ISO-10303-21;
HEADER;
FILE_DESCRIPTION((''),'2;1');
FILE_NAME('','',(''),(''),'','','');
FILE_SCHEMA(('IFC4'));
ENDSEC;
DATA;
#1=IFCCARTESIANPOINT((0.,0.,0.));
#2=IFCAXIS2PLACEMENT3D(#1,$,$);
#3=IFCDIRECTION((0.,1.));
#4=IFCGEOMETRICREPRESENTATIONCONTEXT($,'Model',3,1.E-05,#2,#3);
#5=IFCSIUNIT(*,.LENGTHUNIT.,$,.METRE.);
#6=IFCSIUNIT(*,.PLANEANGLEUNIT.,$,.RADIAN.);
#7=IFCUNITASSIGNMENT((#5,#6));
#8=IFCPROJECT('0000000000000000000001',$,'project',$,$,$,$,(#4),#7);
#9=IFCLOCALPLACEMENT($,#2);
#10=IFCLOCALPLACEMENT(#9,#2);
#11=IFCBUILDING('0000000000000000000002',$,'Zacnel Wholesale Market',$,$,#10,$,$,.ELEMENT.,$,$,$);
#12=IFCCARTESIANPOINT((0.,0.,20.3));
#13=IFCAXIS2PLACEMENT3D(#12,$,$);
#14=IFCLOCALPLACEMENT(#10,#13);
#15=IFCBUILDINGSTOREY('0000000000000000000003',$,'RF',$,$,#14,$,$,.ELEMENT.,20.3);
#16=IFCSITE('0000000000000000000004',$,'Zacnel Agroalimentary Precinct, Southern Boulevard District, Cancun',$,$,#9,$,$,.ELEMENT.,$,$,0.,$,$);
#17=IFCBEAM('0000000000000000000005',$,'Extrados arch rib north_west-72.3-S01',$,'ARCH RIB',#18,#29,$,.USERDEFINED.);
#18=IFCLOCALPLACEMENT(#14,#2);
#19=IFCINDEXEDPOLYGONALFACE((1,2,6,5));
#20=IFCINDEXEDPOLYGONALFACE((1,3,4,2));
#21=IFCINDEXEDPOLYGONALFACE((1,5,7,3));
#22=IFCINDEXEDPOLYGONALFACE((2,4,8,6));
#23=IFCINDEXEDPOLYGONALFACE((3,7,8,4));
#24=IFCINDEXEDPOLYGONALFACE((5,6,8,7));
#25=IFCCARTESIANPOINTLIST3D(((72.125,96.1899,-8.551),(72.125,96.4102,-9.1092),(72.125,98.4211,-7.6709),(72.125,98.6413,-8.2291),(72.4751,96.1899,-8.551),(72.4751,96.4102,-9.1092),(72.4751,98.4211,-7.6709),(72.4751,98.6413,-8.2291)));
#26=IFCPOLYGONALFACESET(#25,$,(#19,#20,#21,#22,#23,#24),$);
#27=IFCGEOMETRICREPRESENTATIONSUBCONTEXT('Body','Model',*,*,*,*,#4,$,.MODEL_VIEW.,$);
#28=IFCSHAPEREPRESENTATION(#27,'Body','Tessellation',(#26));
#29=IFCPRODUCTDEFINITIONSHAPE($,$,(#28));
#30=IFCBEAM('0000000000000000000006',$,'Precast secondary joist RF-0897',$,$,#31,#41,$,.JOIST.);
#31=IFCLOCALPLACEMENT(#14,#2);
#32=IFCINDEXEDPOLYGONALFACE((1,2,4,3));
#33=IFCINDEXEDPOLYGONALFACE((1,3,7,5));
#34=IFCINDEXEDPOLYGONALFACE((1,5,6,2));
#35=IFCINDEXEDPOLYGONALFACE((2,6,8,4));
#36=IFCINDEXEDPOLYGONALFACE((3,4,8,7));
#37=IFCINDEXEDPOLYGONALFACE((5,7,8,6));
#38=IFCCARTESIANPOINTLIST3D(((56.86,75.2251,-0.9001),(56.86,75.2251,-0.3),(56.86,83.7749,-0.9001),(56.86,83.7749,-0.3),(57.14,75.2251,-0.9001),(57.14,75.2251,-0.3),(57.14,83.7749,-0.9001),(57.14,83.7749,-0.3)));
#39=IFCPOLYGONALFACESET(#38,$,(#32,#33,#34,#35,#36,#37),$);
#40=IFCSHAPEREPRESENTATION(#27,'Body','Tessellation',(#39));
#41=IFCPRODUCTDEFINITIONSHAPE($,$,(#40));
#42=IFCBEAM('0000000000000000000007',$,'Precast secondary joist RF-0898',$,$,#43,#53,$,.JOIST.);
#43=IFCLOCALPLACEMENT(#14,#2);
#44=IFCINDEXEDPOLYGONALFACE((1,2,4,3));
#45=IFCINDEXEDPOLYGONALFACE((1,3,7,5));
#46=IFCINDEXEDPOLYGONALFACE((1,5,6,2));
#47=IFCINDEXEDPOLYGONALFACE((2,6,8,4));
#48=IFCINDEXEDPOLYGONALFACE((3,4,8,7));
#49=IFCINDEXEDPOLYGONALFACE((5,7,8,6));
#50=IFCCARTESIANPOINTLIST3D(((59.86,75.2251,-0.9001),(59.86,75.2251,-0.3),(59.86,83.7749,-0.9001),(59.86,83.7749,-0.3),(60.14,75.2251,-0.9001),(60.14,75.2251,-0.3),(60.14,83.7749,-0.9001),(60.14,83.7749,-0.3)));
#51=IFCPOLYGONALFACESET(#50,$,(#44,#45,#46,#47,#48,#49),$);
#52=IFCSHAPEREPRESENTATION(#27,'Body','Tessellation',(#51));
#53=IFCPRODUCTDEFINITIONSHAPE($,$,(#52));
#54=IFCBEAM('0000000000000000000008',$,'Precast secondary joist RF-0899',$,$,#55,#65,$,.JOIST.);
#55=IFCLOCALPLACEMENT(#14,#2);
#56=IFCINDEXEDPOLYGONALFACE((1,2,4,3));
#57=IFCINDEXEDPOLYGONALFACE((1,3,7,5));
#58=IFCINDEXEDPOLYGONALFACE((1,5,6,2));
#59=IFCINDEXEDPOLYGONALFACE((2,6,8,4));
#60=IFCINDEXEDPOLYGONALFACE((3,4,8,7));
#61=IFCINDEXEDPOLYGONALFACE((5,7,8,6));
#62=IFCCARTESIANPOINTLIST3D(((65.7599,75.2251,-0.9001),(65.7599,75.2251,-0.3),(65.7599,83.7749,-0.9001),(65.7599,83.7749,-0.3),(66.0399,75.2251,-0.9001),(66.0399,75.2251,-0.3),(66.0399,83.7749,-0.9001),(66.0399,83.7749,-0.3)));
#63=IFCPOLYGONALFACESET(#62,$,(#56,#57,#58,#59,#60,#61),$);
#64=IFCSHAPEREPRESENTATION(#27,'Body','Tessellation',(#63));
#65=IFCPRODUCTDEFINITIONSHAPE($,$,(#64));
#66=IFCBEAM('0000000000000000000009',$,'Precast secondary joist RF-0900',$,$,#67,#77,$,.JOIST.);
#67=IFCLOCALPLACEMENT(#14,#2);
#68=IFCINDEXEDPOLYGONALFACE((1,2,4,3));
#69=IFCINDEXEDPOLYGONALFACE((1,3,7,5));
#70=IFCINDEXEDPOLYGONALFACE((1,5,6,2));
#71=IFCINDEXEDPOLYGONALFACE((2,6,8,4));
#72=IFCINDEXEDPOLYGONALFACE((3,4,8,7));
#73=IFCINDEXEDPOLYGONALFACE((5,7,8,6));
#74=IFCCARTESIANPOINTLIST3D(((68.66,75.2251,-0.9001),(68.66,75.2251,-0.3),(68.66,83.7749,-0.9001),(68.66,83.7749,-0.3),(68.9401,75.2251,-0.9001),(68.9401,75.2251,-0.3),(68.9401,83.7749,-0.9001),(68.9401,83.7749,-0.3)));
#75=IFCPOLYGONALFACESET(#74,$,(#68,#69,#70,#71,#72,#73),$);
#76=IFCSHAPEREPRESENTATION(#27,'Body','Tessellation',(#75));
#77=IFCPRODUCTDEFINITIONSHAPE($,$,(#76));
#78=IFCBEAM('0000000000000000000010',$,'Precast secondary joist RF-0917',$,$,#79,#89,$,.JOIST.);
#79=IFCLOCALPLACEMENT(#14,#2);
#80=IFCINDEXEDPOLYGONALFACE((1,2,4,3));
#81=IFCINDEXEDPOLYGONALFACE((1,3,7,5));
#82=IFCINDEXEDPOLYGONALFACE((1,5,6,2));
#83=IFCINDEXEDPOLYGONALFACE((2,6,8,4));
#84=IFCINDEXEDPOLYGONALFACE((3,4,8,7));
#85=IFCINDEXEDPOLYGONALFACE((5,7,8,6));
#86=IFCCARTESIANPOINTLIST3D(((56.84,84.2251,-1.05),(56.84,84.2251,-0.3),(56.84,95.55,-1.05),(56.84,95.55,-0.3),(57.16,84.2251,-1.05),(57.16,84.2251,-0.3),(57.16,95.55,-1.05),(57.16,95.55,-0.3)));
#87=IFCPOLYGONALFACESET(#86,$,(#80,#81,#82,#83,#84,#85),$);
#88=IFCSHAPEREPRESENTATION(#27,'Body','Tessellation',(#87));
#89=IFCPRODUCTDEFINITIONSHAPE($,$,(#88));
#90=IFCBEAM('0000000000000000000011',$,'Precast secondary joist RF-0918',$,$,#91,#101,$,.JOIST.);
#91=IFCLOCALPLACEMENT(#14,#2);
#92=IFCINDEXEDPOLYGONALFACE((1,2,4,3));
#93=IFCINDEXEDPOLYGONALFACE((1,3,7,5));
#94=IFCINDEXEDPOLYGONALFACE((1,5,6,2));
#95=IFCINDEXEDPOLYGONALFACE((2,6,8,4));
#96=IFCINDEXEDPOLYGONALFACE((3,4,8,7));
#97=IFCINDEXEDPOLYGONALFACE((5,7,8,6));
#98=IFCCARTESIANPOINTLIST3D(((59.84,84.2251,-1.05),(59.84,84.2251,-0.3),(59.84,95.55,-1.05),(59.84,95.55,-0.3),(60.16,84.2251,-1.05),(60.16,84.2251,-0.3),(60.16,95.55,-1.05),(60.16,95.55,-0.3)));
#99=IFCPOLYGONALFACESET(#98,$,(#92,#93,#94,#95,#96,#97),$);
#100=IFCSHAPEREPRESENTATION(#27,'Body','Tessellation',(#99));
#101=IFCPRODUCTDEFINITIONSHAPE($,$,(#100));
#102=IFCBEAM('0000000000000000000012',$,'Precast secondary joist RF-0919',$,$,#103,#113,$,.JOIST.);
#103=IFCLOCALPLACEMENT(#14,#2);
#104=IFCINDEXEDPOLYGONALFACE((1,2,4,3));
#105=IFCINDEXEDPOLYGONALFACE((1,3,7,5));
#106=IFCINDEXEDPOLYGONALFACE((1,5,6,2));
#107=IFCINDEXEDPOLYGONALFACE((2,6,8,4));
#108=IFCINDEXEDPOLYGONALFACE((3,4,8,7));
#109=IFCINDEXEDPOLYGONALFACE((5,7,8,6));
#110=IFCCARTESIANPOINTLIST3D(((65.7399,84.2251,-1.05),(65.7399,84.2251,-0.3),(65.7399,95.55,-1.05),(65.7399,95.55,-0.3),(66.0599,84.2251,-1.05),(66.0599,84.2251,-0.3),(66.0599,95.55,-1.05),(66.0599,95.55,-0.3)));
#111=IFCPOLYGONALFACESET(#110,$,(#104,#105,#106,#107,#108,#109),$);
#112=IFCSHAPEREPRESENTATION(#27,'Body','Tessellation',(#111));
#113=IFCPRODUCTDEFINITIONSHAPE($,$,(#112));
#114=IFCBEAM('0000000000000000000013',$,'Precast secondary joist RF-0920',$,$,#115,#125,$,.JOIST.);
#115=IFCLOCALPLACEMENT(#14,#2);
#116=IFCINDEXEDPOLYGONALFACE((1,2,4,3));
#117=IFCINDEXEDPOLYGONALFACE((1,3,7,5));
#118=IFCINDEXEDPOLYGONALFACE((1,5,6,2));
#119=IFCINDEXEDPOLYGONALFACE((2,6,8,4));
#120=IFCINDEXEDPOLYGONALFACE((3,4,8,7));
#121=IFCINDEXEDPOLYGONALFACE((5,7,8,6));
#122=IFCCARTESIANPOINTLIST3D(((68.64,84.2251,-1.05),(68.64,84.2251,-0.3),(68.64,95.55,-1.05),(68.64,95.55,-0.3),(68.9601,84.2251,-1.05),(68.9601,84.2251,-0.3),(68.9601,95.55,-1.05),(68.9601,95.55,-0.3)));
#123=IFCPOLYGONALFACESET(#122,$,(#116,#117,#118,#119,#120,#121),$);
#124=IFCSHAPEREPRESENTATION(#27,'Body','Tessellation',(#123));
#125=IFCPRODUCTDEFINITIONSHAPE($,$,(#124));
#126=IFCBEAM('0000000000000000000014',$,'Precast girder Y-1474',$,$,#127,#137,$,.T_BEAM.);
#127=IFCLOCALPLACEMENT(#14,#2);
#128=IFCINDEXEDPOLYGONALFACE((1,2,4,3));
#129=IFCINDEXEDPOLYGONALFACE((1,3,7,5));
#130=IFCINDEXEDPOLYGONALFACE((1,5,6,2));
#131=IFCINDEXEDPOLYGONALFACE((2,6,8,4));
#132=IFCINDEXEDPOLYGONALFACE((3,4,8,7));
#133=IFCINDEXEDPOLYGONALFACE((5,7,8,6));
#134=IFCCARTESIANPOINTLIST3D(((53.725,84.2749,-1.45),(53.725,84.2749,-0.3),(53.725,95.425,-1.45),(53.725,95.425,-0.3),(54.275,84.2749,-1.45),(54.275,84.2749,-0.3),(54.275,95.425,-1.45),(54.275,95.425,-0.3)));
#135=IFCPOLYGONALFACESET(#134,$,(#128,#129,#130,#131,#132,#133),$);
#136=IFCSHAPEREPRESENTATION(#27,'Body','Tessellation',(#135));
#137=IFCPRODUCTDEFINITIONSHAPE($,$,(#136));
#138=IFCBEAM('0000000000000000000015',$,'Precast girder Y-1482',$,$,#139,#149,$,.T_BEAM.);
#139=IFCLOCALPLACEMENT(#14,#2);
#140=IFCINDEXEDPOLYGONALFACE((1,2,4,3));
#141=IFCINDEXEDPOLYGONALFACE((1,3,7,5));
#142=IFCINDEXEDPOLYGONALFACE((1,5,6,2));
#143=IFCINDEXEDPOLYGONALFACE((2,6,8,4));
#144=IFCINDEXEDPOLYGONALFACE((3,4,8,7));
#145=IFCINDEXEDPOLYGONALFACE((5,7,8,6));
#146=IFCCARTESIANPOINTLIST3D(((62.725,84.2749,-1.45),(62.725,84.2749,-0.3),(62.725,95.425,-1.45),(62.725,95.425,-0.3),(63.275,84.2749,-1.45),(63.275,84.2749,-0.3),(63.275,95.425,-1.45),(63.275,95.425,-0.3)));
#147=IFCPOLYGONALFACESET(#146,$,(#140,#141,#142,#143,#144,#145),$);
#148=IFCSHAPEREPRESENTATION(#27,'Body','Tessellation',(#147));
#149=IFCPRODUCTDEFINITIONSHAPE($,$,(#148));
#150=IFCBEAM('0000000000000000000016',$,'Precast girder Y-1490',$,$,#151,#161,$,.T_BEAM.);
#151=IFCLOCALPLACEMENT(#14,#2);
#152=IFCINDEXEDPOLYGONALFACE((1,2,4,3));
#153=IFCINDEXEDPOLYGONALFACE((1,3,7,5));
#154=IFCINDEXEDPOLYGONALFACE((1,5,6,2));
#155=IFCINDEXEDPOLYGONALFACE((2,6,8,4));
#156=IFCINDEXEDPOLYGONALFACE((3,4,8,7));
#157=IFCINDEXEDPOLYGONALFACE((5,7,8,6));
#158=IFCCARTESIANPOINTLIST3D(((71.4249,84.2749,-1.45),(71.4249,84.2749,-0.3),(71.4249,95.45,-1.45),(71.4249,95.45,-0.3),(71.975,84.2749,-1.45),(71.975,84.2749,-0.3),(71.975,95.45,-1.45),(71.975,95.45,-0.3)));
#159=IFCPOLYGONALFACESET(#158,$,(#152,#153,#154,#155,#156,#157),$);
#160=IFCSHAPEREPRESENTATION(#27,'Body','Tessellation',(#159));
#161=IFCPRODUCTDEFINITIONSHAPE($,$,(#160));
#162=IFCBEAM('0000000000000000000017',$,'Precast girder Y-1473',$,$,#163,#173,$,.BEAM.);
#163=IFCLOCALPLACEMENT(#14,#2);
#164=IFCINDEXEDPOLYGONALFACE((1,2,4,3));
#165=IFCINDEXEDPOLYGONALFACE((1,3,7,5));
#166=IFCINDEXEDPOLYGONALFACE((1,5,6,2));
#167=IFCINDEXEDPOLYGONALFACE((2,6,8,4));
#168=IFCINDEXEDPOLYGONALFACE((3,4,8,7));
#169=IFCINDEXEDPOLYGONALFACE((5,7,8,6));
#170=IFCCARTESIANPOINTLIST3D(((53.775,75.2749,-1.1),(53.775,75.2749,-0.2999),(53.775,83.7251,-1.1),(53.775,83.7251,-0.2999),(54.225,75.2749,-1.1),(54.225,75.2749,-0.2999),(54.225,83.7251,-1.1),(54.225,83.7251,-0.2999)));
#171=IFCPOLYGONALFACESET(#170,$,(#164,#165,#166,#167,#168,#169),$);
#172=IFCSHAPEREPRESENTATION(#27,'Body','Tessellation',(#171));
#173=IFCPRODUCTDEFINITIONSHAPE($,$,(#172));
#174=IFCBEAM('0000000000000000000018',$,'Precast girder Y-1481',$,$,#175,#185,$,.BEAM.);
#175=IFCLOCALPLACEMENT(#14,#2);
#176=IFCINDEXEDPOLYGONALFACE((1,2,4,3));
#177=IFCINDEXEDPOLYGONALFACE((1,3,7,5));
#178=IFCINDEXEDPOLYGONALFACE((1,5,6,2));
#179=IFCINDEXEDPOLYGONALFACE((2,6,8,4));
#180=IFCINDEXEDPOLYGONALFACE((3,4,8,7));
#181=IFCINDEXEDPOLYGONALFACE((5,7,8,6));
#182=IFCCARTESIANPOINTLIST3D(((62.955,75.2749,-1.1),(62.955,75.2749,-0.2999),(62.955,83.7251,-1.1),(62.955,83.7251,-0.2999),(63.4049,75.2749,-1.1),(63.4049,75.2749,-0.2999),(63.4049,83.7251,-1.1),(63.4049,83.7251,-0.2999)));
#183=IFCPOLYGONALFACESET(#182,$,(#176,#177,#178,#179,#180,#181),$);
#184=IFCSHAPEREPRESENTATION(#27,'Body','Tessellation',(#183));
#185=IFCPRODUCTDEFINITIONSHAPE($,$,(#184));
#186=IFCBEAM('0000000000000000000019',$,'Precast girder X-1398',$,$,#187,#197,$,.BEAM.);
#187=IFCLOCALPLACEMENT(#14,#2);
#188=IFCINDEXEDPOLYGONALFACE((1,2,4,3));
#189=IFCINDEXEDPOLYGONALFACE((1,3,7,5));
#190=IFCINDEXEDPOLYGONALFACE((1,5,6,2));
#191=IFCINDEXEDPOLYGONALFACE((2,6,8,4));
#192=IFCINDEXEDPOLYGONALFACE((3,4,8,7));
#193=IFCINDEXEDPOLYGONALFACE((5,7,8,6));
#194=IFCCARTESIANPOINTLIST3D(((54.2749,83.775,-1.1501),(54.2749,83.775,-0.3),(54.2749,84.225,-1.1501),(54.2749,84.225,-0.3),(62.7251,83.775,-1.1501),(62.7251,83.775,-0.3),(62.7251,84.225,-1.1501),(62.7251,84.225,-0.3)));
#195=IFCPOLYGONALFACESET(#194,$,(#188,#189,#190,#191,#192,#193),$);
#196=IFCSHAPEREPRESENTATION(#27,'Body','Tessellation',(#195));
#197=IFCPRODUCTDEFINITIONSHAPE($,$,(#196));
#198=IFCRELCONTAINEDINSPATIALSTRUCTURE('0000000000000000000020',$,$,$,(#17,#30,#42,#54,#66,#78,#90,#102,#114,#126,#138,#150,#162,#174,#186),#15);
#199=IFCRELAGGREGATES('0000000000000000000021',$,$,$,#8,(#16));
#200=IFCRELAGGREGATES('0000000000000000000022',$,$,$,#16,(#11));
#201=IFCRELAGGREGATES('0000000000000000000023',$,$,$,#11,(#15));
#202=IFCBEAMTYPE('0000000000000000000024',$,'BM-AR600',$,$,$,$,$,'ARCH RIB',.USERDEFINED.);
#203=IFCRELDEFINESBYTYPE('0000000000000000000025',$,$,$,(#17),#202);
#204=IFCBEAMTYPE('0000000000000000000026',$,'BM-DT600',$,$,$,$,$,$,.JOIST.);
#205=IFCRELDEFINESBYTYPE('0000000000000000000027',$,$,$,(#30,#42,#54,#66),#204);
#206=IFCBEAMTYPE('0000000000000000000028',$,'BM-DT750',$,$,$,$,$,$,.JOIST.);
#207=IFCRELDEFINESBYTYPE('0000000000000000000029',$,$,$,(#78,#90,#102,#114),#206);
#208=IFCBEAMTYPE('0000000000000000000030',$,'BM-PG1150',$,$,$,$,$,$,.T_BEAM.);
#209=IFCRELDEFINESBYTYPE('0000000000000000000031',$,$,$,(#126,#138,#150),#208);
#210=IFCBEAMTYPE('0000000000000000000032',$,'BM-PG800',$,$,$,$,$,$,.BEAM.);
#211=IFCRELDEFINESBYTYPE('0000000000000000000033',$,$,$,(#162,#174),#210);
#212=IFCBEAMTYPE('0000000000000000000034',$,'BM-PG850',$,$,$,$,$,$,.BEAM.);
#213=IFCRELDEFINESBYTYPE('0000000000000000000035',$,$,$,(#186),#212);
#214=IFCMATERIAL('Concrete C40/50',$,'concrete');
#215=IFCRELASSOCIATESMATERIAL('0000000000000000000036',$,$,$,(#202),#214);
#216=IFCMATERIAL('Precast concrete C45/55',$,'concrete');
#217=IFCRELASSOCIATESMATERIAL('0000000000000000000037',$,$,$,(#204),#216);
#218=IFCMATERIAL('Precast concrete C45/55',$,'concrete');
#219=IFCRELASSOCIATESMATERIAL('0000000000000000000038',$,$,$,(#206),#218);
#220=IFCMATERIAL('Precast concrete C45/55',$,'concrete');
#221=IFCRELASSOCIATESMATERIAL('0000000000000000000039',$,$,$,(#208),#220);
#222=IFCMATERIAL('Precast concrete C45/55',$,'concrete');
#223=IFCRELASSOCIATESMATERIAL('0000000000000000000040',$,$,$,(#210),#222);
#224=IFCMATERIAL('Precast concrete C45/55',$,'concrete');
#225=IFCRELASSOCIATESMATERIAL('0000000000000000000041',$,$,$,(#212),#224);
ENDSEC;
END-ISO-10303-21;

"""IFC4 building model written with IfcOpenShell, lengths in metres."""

from ifc_helpers import new_model, si_unit, direction, frame, origin, origin_2d, place, context, subcontext, project, spatial, rectangle, extrude, material, material_profile, profile_set, type_object, element, save


model = new_model("IFC4")

# Units and contexts
model_context = context("Model", 3, precision=1e-05, world=origin(), true_north=direction((0.0, 1.0)))
body_context = subcontext(model_context, "Body", "Model", "MODEL_VIEW")
ifc_project = project(units=[si_unit("LENGTHUNIT", "METRE"), si_unit("PLANEANGLEUNIT", "RADIAN")], contexts=[model_context])

# Site, building, storey
site_placement = place(None, origin())
site = spatial("IfcSite", under=ifc_project, at=site_placement, Name="Zacnel Agroalimentary Precinct, Southern Boulevard District, Cancun", CompositionType="ELEMENT", RefElevation=0.0)
building_placement = place(site_placement, origin())
building = spatial("IfcBuilding", under=site, at=building_placement, Name="Zacnel Wholesale Market", CompositionType="ELEMENT")
storey_placement = place(building_placement, frame((0.0, 0.0, 20.3)))
storey = spatial("IfcBuildingStorey", under=building, at=storey_placement, Name="RF", CompositionType="ELEMENT", Elevation=20.3)

# Beams
ifc_material_1 = material(Name="Concrete C40/50", Category="concrete")
ifc_material_profile_1 = material_profile(ifc_material_1, rectangle(XDim=0.3501, YDim=0.6001, at=origin_2d()), Name="ARCH RIB 350x600")
ifc_profile_set_1 = profile_set([ifc_material_profile_1], Name="Concrete C40/50")
beam_type_1 = type_object("IfcBeamType", Name="BM-AR600", ElementType="ARCH RIB", PredefinedType="USERDEFINED", material=ifc_profile_set_1)
beam_1_placement = place(storey_placement, frame((72.3, 96.3, -8.8301), z_axis=(0.0, 0.930242, 0.366946), x_axis=(-1.0, 0.0, 0.0)))
element("IfcBeam", 1, at=beam_1_placement, inside=storey, type_object=beam_type_1, Name="Extrados arch rib north_west-72.3-S01", ObjectType="ARCH RIB", PredefinedType="USERDEFINED", context=body_context, shape_type="SweptSolid", body=[
    extrude(rectangle(XDim=0.3501, YDim=0.6001, at=origin_2d()), origin(), (0.0, 0.0, 1.0), 2.3984),
])
ifc_material_2 = material(Name="Precast concrete C45/55", Category="concrete")
ifc_material_profile_2 = material_profile(ifc_material_2, rectangle(XDim=0.28, YDim=0.6001, at=origin_2d()), Name="DT RIB 280x600")
ifc_profile_set_2 = profile_set([ifc_material_profile_2], Name="Precast concrete C45/55")
beam_type_2 = type_object("IfcBeamType", Name="BM-DT600", PredefinedType="JOIST", material=ifc_profile_set_2)
for number, where, z_axis, x_axis, name in (
    (2, (57.0, 75.2251, -0.6001), (0.0, 1.0, 0.0), (-1.0, 0.0, 0.0), "Precast secondary joist RF-0897"),
    (3, (60.0, 75.2251, -0.6001), (0.0, 1.0, 0.0), (-1.0, 0.0, 0.0), "Precast secondary joist RF-0898"),
    (4, (65.8999, 75.2251, -0.6001), (0.0, 1.0, 0.0), (-1.0, 0.0, 0.0), "Precast secondary joist RF-0899"),
    (5, (68.8, 75.2251, -0.6001), (0.0, 1.0, 0.0), (-1.0, 0.0, 0.0), "Precast secondary joist RF-0900"),
):
    element("IfcBeam", number, at=place(storey_placement, frame(where, z_axis=z_axis, x_axis=x_axis)), inside=storey, type_object=beam_type_2, Name=name, PredefinedType="JOIST", context=body_context, shape_type="SweptSolid", body=[
        extrude(rectangle(XDim=0.28, YDim=0.6001, at=origin_2d()), origin(), (0.0, 0.0, 1.0), 8.5498),
    ])
ifc_material_3 = material(Name="Precast concrete C45/55", Category="concrete")
ifc_material_profile_3 = material_profile(ifc_material_3, rectangle(XDim=0.3201, YDim=0.75, at=origin_2d()), Name="DT RIB 320x750")
ifc_profile_set_3 = profile_set([ifc_material_profile_3], Name="Precast concrete C45/55")
beam_type_3 = type_object("IfcBeamType", Name="BM-DT750", PredefinedType="JOIST", material=ifc_profile_set_3)
for number, where, z_axis, x_axis, name in (
    (6, (57.0, 84.2251, -0.675), (0.0, 1.0, 0.0), (-1.0, 0.0, 0.0), "Precast secondary joist RF-0917"),
    (7, (60.0, 84.2251, -0.675), (0.0, 1.0, 0.0), (-1.0, 0.0, 0.0), "Precast secondary joist RF-0918"),
    (8, (65.8999, 84.2251, -0.675), (0.0, 1.0, 0.0), (-1.0, 0.0, 0.0), "Precast secondary joist RF-0919"),
    (9, (68.8, 84.2251, -0.675), (0.0, 1.0, 0.0), (-1.0, 0.0, 0.0), "Precast secondary joist RF-0920"),
):
    element("IfcBeam", number, at=place(storey_placement, frame(where, z_axis=z_axis, x_axis=x_axis)), inside=storey, type_object=beam_type_3, Name=name, PredefinedType="JOIST", context=body_context, shape_type="SweptSolid", body=[
        extrude(rectangle(XDim=0.3201, YDim=0.75, at=origin_2d()), origin(), (0.0, 0.0, 1.0), 11.325),
    ])
ifc_material_4 = material(Name="Precast concrete C45/55", Category="concrete")
ifc_material_profile_4 = material_profile(ifc_material_4, rectangle(XDim=0.55, YDim=1.1499, at=origin_2d()), Name="PG 550x1150")
ifc_profile_set_4 = profile_set([ifc_material_profile_4], Name="Precast concrete C45/55")
beam_type_4 = type_object("IfcBeamType", Name="BM-PG1150", PredefinedType="T_BEAM", material=ifc_profile_set_4)
for number, where, z_axis, x_axis, name in (
    (10, (54.0, 84.2749, -0.875), (0.0, 1.0, 0.0), (-1.0, 0.0, 0.0), "Precast girder Y-1474"),
    (11, (63.0, 84.2749, -0.875), (0.0, 1.0, 0.0), (-1.0, 0.0, 0.0), "Precast girder Y-1482"),
):
    element("IfcBeam", number, at=place(storey_placement, frame(where, z_axis=z_axis, x_axis=x_axis)), inside=storey, type_object=beam_type_4, Name=name, PredefinedType="T_BEAM", context=body_context, shape_type="SweptSolid", body=[
        extrude(rectangle(XDim=0.55, YDim=1.1499, at=origin_2d()), origin(), (0.0, 0.0, 1.0), 11.1501),
    ])
beam_2_placement = place(storey_placement, frame((71.7, 84.2749, -0.875), z_axis=(0.0, 1.0, 0.0), x_axis=(-1.0, 0.0, 0.0)))
element("IfcBeam", 12, at=beam_2_placement, inside=storey, type_object=beam_type_4, Name="Precast girder Y-1490", PredefinedType="T_BEAM", context=body_context, shape_type="SweptSolid", body=[
    extrude(rectangle(XDim=0.55, YDim=1.1499, at=origin_2d()), origin(), (0.0, 0.0, 1.0), 11.175),
])
ifc_material_5 = material(Name="Precast concrete C45/55", Category="concrete")
ifc_material_profile_5 = material_profile(ifc_material_5, rectangle(XDim=0.45, YDim=0.8, at=origin_2d()), Name="PG 450x800")
ifc_profile_set_5 = profile_set([ifc_material_profile_5], Name="Precast concrete C45/55")
beam_type_5 = type_object("IfcBeamType", Name="BM-PG800", PredefinedType="BEAM", material=ifc_profile_set_5)
for number, where, z_axis, x_axis, name in (
    (13, (54.0, 75.2749, -0.7), (0.0, 1.0, 0.0), (-1.0, 0.0, 0.0), "Precast girder Y-1473"),
    (14, (63.1799, 75.2749, -0.7), (0.0, 1.0, 0.0), (-1.0, 0.0, 0.0), "Precast girder Y-1481"),
):
    element("IfcBeam", number, at=place(storey_placement, frame(where, z_axis=z_axis, x_axis=x_axis)), inside=storey, type_object=beam_type_5, Name=name, PredefinedType="BEAM", context=body_context, shape_type="SweptSolid", body=[
        extrude(rectangle(XDim=0.45, YDim=0.8, at=origin_2d()), origin(), (0.0, 0.0, 1.0), 8.4502),
    ])
ifc_material_6 = material(Name="Precast concrete C45/55", Category="concrete")
ifc_material_profile_6 = material_profile(ifc_material_6, rectangle(XDim=0.45, YDim=0.8501, at=origin_2d()), Name="PG 450x850")
ifc_profile_set_6 = profile_set([ifc_material_profile_6], Name="Precast concrete C45/55")
beam_type_6 = type_object("IfcBeamType", Name="BM-PG850", PredefinedType="BEAM", material=ifc_profile_set_6)
beam_3_placement = place(storey_placement, frame((54.2749, 84.0, -0.7251), z_axis=(1.0, 0.0, 0.0), x_axis=(0.0, 1.0, 0.0)))
element("IfcBeam", 15, at=beam_3_placement, inside=storey, type_object=beam_type_6, Name="Precast girder X-1398", PredefinedType="BEAM", context=body_context, shape_type="SweptSolid", body=[
    extrude(rectangle(XDim=0.45, YDim=0.8501, at=origin_2d()), origin(), (0.0, 0.0, 1.0), 8.4502),
])

save(model, "model.ifc")
